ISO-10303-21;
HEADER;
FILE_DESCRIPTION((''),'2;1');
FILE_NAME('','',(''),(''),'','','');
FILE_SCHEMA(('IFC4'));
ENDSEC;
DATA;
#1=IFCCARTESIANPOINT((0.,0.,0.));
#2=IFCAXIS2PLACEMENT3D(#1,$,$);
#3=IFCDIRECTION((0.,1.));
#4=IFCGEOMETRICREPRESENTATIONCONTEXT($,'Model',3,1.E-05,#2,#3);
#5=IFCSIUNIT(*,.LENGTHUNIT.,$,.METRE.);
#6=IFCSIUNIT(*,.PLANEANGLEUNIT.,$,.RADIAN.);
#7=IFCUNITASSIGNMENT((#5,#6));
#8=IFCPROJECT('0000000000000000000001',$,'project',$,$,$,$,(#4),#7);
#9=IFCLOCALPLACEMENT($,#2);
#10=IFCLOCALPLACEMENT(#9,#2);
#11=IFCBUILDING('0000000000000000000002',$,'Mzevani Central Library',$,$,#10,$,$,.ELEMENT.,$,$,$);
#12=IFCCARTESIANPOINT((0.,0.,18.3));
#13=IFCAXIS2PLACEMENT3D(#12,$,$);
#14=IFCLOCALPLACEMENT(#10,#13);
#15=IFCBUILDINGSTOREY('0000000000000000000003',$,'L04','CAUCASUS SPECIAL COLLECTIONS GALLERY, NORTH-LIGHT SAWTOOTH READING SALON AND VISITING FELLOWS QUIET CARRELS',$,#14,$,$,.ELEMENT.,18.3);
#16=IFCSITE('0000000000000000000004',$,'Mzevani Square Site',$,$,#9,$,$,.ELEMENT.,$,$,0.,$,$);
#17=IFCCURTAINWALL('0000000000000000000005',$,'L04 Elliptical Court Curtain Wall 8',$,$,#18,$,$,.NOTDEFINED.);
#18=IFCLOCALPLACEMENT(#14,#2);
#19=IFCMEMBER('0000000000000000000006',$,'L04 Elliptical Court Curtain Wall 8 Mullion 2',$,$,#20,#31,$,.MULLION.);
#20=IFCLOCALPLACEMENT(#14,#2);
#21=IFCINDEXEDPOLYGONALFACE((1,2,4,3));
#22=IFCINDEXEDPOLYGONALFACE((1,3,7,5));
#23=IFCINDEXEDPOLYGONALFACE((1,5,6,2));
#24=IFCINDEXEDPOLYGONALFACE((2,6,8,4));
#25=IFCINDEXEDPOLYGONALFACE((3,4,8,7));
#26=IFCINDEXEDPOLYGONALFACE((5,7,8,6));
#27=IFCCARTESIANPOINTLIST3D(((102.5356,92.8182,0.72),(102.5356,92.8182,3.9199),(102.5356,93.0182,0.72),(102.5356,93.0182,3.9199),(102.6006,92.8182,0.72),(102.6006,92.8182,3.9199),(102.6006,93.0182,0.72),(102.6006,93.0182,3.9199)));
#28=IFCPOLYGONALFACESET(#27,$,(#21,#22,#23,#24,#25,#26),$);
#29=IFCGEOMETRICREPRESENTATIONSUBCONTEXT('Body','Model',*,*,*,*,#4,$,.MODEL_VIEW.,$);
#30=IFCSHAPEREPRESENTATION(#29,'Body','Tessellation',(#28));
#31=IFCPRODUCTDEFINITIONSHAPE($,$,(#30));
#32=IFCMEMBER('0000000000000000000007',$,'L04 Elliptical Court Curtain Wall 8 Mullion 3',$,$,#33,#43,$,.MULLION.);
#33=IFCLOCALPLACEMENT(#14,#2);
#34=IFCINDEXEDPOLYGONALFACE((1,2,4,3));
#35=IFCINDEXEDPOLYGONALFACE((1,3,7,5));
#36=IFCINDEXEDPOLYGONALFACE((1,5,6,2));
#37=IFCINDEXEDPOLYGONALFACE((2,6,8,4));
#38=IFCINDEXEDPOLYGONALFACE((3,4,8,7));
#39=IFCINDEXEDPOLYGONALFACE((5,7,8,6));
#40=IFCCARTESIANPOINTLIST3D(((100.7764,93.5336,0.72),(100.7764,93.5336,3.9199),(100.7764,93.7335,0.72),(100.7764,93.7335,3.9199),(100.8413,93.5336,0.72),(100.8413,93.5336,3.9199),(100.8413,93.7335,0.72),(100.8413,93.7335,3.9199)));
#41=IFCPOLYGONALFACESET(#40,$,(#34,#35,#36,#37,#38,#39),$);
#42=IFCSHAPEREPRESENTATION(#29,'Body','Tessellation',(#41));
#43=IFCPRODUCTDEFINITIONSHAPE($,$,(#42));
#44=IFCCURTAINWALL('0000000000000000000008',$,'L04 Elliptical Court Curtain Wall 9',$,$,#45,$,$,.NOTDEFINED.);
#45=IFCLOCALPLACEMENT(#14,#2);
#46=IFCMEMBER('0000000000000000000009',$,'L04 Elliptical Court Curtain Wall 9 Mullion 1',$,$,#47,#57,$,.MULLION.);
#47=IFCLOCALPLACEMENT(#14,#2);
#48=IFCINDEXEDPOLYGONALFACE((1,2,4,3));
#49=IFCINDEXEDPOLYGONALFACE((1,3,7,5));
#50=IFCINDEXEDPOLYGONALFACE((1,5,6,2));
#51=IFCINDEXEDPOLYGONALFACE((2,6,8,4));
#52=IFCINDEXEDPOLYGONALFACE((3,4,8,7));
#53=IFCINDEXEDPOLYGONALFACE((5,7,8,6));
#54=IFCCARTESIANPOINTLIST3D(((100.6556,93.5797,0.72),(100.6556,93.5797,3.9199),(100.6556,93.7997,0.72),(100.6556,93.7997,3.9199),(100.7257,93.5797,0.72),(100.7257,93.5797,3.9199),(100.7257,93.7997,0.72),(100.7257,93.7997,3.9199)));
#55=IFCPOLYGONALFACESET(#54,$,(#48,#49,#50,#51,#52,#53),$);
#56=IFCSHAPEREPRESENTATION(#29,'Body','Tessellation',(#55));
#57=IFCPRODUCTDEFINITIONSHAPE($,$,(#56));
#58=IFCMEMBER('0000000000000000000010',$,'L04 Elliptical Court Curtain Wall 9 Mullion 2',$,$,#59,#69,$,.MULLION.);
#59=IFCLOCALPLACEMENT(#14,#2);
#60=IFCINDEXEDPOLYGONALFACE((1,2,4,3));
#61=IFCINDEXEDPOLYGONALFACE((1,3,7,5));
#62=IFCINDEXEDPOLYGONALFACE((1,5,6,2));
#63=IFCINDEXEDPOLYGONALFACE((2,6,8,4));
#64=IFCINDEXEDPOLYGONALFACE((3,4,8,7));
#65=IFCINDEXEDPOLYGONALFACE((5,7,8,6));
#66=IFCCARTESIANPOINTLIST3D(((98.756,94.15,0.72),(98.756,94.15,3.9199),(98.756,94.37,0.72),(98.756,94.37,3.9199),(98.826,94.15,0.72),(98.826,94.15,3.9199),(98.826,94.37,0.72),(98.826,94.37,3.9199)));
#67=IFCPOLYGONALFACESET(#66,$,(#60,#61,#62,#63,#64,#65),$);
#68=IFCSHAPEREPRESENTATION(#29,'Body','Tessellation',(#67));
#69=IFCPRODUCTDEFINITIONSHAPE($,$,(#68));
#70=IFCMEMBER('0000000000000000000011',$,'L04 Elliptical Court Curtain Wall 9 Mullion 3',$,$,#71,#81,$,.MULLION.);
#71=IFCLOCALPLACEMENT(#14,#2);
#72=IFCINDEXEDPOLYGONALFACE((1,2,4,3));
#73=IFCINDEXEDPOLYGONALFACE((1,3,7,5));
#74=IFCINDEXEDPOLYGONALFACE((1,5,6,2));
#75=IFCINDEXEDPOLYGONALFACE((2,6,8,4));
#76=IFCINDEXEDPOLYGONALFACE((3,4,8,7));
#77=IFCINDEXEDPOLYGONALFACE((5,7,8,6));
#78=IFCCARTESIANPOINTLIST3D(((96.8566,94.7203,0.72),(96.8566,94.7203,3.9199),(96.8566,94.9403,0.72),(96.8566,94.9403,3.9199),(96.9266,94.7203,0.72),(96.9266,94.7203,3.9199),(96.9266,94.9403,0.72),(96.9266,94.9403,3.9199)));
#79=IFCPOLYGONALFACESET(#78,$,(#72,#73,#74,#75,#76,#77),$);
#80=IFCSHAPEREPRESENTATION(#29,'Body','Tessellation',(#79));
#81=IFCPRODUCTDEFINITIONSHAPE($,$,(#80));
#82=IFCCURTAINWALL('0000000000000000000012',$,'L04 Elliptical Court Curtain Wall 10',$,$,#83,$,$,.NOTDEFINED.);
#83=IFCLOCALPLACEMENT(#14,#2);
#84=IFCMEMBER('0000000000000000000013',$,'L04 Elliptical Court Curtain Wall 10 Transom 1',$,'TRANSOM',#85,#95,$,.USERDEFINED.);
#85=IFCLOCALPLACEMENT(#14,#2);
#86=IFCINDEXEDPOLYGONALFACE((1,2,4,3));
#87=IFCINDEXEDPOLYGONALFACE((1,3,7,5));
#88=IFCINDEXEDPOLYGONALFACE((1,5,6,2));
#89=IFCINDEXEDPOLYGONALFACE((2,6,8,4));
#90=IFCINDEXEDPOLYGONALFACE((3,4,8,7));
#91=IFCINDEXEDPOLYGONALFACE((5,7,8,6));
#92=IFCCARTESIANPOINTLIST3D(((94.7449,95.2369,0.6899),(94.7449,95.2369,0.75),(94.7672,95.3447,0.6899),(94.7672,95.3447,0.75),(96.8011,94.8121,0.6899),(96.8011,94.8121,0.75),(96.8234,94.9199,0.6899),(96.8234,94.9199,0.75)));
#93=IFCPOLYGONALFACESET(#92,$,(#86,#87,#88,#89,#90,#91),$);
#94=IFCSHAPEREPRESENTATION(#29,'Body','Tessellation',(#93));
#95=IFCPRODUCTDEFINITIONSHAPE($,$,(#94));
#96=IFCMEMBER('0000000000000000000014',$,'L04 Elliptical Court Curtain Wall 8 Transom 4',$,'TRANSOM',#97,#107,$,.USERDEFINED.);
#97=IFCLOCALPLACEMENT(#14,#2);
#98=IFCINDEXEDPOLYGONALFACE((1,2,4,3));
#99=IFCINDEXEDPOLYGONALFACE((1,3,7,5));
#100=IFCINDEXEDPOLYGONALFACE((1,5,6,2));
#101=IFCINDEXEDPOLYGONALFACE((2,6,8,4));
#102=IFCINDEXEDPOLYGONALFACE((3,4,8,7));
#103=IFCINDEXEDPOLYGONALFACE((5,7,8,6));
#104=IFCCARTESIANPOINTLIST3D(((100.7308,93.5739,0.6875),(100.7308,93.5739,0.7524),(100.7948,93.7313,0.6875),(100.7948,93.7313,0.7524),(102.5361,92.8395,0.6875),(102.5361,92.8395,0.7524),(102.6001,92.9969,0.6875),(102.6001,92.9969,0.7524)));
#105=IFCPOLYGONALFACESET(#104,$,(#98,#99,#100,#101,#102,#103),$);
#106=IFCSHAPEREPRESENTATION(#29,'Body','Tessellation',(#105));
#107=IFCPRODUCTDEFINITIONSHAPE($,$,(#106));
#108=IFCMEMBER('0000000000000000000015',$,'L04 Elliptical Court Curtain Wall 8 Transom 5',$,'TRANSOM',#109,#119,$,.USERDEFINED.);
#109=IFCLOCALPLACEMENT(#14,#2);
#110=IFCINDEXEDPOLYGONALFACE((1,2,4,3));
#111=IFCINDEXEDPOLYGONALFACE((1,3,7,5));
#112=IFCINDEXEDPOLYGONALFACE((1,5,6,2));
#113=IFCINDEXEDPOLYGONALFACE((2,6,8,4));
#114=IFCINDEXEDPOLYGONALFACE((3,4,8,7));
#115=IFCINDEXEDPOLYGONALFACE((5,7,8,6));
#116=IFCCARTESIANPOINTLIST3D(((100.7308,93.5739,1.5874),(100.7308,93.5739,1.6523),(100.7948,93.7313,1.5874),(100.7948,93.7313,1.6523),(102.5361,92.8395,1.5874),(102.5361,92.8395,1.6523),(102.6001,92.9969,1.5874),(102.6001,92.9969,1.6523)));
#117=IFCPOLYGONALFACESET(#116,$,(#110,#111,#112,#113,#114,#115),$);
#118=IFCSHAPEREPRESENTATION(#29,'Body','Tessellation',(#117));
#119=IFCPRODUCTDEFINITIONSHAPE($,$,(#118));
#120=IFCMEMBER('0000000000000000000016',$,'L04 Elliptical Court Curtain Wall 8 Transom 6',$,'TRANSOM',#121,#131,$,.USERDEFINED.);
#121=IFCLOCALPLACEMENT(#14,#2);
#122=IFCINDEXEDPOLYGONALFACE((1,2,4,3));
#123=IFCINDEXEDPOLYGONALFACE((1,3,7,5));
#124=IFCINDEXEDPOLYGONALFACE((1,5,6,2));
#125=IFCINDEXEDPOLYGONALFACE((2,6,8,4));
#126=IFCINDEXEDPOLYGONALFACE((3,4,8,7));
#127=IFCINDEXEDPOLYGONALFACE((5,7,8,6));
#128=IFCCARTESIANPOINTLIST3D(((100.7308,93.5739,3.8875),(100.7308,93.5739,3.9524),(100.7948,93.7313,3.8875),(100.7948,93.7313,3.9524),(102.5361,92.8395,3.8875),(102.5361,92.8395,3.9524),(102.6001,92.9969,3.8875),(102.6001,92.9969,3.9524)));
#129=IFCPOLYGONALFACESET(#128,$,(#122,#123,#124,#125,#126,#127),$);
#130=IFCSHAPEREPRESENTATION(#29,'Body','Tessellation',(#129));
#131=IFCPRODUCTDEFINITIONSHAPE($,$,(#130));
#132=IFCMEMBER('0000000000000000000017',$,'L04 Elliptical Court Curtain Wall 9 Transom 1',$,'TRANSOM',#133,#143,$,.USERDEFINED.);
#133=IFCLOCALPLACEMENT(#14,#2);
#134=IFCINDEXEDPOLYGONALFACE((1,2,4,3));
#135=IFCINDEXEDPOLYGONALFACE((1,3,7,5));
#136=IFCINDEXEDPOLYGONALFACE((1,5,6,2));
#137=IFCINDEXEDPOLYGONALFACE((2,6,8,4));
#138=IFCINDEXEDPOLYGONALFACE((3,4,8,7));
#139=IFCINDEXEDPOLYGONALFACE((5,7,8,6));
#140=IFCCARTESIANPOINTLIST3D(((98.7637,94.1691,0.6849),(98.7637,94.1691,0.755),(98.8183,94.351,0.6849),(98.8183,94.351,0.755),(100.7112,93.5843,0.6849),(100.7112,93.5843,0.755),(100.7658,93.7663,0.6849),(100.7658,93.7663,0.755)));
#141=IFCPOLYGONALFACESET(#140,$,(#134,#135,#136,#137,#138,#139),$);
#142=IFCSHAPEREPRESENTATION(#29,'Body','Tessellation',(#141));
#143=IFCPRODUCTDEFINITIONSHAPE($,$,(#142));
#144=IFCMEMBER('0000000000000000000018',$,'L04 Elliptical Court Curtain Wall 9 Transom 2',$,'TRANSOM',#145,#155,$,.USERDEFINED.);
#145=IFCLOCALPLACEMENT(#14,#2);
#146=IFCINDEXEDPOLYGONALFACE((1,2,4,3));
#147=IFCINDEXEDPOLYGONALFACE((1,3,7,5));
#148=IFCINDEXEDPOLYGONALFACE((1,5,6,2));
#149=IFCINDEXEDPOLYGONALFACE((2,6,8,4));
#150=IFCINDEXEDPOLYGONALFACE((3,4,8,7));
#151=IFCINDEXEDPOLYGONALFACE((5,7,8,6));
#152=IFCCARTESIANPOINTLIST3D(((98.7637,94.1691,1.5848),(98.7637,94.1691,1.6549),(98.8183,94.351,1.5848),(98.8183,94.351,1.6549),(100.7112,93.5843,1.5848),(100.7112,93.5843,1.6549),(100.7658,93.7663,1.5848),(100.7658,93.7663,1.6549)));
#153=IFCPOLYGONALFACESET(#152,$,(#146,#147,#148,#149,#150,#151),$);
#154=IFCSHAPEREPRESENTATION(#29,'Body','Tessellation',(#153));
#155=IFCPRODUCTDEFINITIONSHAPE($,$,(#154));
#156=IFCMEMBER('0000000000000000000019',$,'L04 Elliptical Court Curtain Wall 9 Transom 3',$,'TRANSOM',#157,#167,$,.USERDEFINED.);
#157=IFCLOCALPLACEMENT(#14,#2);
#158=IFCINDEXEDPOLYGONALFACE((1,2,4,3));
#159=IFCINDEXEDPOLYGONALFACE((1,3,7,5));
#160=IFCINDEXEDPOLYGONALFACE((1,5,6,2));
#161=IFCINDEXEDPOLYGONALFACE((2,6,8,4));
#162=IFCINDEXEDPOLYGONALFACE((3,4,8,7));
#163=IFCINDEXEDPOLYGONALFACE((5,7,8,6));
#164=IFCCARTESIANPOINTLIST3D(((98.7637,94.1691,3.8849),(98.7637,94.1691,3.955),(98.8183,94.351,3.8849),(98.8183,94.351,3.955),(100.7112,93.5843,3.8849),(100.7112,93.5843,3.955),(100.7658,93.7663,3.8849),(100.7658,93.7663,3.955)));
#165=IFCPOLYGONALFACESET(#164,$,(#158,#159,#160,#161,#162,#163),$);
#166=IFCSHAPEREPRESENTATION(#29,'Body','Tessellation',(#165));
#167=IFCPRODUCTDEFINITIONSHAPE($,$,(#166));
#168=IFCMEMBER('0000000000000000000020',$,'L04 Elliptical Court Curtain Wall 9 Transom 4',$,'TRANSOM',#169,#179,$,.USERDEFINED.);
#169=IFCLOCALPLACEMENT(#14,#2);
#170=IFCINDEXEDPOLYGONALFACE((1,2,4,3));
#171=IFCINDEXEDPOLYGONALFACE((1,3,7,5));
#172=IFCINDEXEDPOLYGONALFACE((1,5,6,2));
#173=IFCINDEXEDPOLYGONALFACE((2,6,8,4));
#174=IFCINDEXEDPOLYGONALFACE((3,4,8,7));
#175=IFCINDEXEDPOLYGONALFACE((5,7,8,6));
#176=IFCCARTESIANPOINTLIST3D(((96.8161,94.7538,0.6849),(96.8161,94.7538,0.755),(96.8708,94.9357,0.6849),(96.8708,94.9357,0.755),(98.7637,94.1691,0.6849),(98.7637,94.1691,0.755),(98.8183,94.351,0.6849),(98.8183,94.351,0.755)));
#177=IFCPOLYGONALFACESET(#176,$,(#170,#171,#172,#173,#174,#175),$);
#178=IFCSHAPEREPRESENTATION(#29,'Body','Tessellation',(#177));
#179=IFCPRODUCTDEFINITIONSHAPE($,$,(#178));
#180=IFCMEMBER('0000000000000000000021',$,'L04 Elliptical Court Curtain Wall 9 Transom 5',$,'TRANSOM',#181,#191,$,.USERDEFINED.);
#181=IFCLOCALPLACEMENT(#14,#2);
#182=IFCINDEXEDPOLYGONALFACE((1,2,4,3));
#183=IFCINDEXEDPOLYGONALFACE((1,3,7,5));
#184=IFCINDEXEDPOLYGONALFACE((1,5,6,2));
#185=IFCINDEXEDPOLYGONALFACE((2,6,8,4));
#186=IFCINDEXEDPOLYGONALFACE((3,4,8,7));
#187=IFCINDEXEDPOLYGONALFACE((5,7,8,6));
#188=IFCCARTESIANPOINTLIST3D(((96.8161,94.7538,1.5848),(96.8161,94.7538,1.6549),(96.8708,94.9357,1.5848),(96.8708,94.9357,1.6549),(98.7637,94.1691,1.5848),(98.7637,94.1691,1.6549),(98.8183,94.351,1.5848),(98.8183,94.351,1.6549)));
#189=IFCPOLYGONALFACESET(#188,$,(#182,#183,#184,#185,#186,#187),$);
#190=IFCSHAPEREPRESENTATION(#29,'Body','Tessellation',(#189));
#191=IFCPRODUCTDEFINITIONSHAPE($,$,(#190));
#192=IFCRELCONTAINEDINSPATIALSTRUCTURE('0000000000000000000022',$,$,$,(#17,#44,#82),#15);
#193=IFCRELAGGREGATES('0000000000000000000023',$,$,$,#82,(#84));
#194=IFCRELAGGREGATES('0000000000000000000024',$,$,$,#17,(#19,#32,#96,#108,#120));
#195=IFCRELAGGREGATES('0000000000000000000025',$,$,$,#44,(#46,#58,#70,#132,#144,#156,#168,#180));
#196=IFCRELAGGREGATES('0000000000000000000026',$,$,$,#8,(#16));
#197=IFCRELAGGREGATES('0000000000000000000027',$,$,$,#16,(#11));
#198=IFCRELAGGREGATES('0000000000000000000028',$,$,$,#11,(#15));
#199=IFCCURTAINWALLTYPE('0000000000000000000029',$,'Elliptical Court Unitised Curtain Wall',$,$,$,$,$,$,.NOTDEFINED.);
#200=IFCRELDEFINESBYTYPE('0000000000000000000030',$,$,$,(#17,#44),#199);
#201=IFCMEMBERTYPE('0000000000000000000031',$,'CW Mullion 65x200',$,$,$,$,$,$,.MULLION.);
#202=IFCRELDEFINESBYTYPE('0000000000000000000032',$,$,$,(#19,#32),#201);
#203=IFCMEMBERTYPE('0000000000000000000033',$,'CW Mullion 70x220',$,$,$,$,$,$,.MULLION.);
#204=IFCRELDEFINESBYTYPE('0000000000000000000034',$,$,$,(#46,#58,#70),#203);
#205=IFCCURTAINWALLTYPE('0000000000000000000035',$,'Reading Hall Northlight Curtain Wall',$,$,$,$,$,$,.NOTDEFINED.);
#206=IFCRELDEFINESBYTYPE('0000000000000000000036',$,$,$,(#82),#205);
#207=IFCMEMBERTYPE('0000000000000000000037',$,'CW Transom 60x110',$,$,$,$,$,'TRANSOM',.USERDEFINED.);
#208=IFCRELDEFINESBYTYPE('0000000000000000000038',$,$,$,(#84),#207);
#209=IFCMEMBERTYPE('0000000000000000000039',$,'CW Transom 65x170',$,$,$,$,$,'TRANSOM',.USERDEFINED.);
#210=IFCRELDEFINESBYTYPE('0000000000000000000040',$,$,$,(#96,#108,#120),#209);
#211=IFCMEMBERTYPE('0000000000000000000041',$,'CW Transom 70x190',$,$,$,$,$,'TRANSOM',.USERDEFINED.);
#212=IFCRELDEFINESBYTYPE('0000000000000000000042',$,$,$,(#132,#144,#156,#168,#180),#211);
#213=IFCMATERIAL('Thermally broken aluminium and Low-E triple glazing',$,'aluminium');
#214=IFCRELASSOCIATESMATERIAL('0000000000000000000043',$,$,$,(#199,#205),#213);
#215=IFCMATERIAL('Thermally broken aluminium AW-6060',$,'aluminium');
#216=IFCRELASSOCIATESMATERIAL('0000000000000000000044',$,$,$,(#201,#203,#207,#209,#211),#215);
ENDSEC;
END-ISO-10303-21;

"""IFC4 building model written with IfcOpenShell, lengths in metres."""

from ifc_helpers import new_model, si_unit, direction, frame, origin, origin_2d, place, context, subcontext, project, spatial, rectangle, extrude, material, material_profile, profile_set, type_object, element, aggregate, save


model = new_model("IFC4")

# Units and contexts
model_context = context("Model", 3, precision=1e-05, world=origin(), true_north=direction((0.0, 1.0)))
body_context = subcontext(model_context, "Body", "Model", "MODEL_VIEW")
ifc_project = project(units=[si_unit("LENGTHUNIT", "METRE"), si_unit("PLANEANGLEUNIT", "RADIAN")], contexts=[model_context])

# Site, building, storey
site_placement = place(None, origin())
site = spatial("IfcSite", under=ifc_project, at=site_placement, Name="Mzevani Square Site", CompositionType="ELEMENT", RefElevation=0.0)
building_placement = place(site_placement, origin())
building = spatial("IfcBuilding", under=site, at=building_placement, Name="Mzevani Central Library", CompositionType="ELEMENT")
storey_placement = place(building_placement, frame((0.0, 0.0, 18.3)))
storey = spatial("IfcBuildingStorey", under=building, at=storey_placement, Name="L04", Description="CAUCASUS SPECIAL COLLECTIONS GALLERY, NORTH-LIGHT SAWTOOTH READING SALON AND VISITING FELLOWS QUIET CARRELS", CompositionType="ELEMENT", Elevation=18.3)

# Curtain walls, members
ifc_material_1 = material(Name="Thermally broken aluminium and Low-E triple glazing", Category="aluminium")
curtain_wall_type_1 = type_object("IfcCurtainWallType", Name="Elliptical Court Unitised Curtain Wall", PredefinedType="NOTDEFINED", material=ifc_material_1)
curtain_wall_1_placement = place(storey_placement, origin())
curtain_wall_1 = element("IfcCurtainWall", 1, at=curtain_wall_1_placement, inside=storey, type_object=curtain_wall_type_1, Name="L04 Elliptical Court Curtain Wall 8", PredefinedType="NOTDEFINED")
ifc_material_2 = material(Name="Thermally broken aluminium AW-6060", Category="aluminium")
ifc_material_profile_1 = material_profile(ifc_material_2, rectangle(XDim=0.0649, YDim=0.2, at=origin_2d()), Name="ALU M65x200")
ifc_profile_set_1 = profile_set([ifc_material_profile_1], Name="Thermally broken aluminium AW-6060")
member_type_1 = type_object("IfcMemberType", Name="CW Mullion 65x200", PredefinedType="MULLION", material=ifc_profile_set_1)
member_1_placement = place(storey_placement, frame((102.5681, 92.9182, 0.72), z_axis=(0.0, 0.0, 1.0), x_axis=(1.0, 0.0, 0.0)))
member_1 = element("IfcMember", 2, at=member_1_placement, type_object=member_type_1, Name="L04 Elliptical Court Curtain Wall 8 Mullion 2", PredefinedType="MULLION", context=body_context, shape_type="SweptSolid", body=[
    extrude(rectangle(XDim=0.0649, YDim=0.2, at=origin_2d()), origin(), (0.0, 0.0, 1.0), 3.2),
])
member_2_placement = place(storey_placement, frame((100.8088, 93.6335, 0.72), z_axis=(0.0, 0.0, 1.0), x_axis=(1.0, 0.0, 0.0)))
member_2 = element("IfcMember", 3, at=member_2_placement, type_object=member_type_1, Name="L04 Elliptical Court Curtain Wall 8 Mullion 3", PredefinedType="MULLION", context=body_context, shape_type="SweptSolid", body=[
    extrude(rectangle(XDim=0.0649, YDim=0.2, at=origin_2d()), origin(), (0.0, 0.0, 1.0), 3.2),
])
curtain_wall_2_placement = place(storey_placement, origin())
curtain_wall_2 = element("IfcCurtainWall", 4, at=curtain_wall_2_placement, inside=storey, type_object=curtain_wall_type_1, Name="L04 Elliptical Court Curtain Wall 9", PredefinedType="NOTDEFINED")
ifc_material_profile_2 = material_profile(ifc_material_2, rectangle(XDim=0.0701, YDim=0.22, at=origin_2d()), Name="ALU M70x220")
ifc_profile_set_2 = profile_set([ifc_material_profile_2], Name="Thermally broken aluminium AW-6060")
member_type_2 = type_object("IfcMemberType", Name="CW Mullion 70x220", PredefinedType="MULLION", material=ifc_profile_set_2)
member_3_placement = place(storey_placement, frame((100.6907, 93.6897, 0.72), z_axis=(0.0, 0.0, 1.0), x_axis=(1.0, 0.0, 0.0)))
member_3 = element("IfcMember", 5, at=member_3_placement, type_object=member_type_2, Name="L04 Elliptical Court Curtain Wall 9 Mullion 1", PredefinedType="MULLION", context=body_context, shape_type="SweptSolid", body=[
    extrude(rectangle(XDim=0.0701, YDim=0.22, at=origin_2d()), origin(), (0.0, 0.0, 1.0), 3.2),
])
member_4_placement = place(storey_placement, frame((98.791, 94.26, 0.72), z_axis=(0.0, 0.0, 1.0), x_axis=(1.0, 0.0, 0.0)))
member_4 = element("IfcMember", 6, at=member_4_placement, type_object=member_type_2, Name="L04 Elliptical Court Curtain Wall 9 Mullion 2", PredefinedType="MULLION", context=body_context, shape_type="SweptSolid", body=[
    extrude(rectangle(XDim=0.0701, YDim=0.22, at=origin_2d()), origin(), (0.0, 0.0, 1.0), 3.2),
])
member_5_placement = place(storey_placement, frame((96.8916, 94.8303, 0.72), z_axis=(0.0, 0.0, 1.0), x_axis=(1.0, 0.0, 0.0)))
member_5 = element("IfcMember", 7, at=member_5_placement, type_object=member_type_2, Name="L04 Elliptical Court Curtain Wall 9 Mullion 3", PredefinedType="MULLION", context=body_context, shape_type="SweptSolid", body=[
    extrude(rectangle(XDim=0.0701, YDim=0.22, at=origin_2d()), origin(), (0.0, 0.0, 1.0), 3.2),
])

# Curtain wall, member
curtain_wall_type_2 = type_object("IfcCurtainWallType", Name="Reading Hall Northlight Curtain Wall", PredefinedType="NOTDEFINED", material=ifc_material_1)
curtain_wall_3_placement = place(storey_placement, origin())
curtain_wall_3 = element("IfcCurtainWall", 8, at=curtain_wall_3_placement, inside=storey, type_object=curtain_wall_type_2, Name="L04 Elliptical Court Curtain Wall 10", PredefinedType="NOTDEFINED")
ifc_material_profile_3 = material_profile(ifc_material_2, rectangle(XDim=0.1101, YDim=0.0601, at=origin_2d()), Name="ALU T60x110")
ifc_profile_set_3 = profile_set([ifc_material_profile_3], Name="Thermally broken aluminium AW-6060")
member_type_3 = type_object("IfcMemberType", Name="CW Transom 60x110", ElementType="TRANSOM", PredefinedType="USERDEFINED", material=ifc_profile_set_3)
member_6_placement = place(storey_placement, frame((96.8123, 94.866, 0.72), z_axis=(-0.979318, 0.202329, 0.0), x_axis=(-0.202329, -0.979318, 0.0)))
member_6 = element("IfcMember", 9, at=member_6_placement, type_object=member_type_3, Name="L04 Elliptical Court Curtain Wall 10 Transom 1", ObjectType="TRANSOM", PredefinedType="USERDEFINED", context=body_context, shape_type="SweptSolid", body=[
    extrude(rectangle(XDim=0.1101, YDim=0.0601, at=origin_2d()), origin(), (0.0, 0.0, 1.0), 2.0996),
])
aggregate(curtain_wall_3, [member_6])

# Members
ifc_material_profile_4 = material_profile(ifc_material_2, rectangle(XDim=0.1699, YDim=0.0649, at=origin_2d()), Name="ALU T65x170")
ifc_profile_set_4 = profile_set([ifc_material_profile_4], Name="Thermally broken aluminium AW-6060")
member_type_4 = type_object("IfcMemberType", Name="CW Transom 65x170", ElementType="TRANSOM", PredefinedType="USERDEFINED", material=ifc_profile_set_4)
member_7_placement = place(storey_placement, frame((102.5681, 92.9182, 0.72), z_axis=(-0.926301, 0.376784, 0.0), x_axis=(-0.376784, -0.926301, 0.0)))
member_7 = element("IfcMember", 10, at=member_7_placement, type_object=member_type_4, Name="L04 Elliptical Court Curtain Wall 8 Transom 4", ObjectType="TRANSOM", PredefinedType="USERDEFINED", context=body_context, shape_type="SweptSolid", body=[
    extrude(rectangle(XDim=0.1699, YDim=0.0649, at=origin_2d()), origin(), (0.0, 0.0, 1.0), 1.949),
])
member_8_placement = place(storey_placement, frame((102.5681, 92.9182, 1.6199), z_axis=(-0.926301, 0.376784, 0.0), x_axis=(-0.376784, -0.926301, 0.0)))
member_8 = element("IfcMember", 11, at=member_8_placement, type_object=member_type_4, Name="L04 Elliptical Court Curtain Wall 8 Transom 5", ObjectType="TRANSOM", PredefinedType="USERDEFINED", context=body_context, shape_type="SweptSolid", body=[
    extrude(rectangle(XDim=0.1699, YDim=0.0649, at=origin_2d()), origin(), (0.0, 0.0, 1.0), 1.949),
])
member_9_placement = place(storey_placement, frame((102.5681, 92.9182, 3.9199), z_axis=(-0.926301, 0.376784, 0.0), x_axis=(-0.376784, -0.926301, 0.0)))
member_9 = element("IfcMember", 12, at=member_9_placement, type_object=member_type_4, Name="L04 Elliptical Court Curtain Wall 8 Transom 6", ObjectType="TRANSOM", PredefinedType="USERDEFINED", context=body_context, shape_type="SweptSolid", body=[
    extrude(rectangle(XDim=0.1699, YDim=0.0649, at=origin_2d()), origin(), (0.0, 0.0, 1.0), 1.949),
])
ifc_material_profile_5 = material_profile(ifc_material_2, rectangle(XDim=0.1899, YDim=0.0701, at=origin_2d()), Name="ALU T70x190")
ifc_profile_set_5 = profile_set([ifc_material_profile_5], Name="Thermally broken aluminium AW-6060")
member_type_5 = type_object("IfcMemberType", Name="CW Transom 70x190", ElementType="TRANSOM", PredefinedType="USERDEFINED", material=ifc_profile_set_5)
member_10_placement = place(storey_placement, frame((100.7385, 93.6753, 0.72), z_axis=(-0.957763, 0.287557, 0.0), x_axis=(-0.287557, -0.957763, 0.0)))
member_10 = element("IfcMember", 13, at=member_10_placement, type_object=member_type_5, Name="L04 Elliptical Court Curtain Wall 9 Transom 1", ObjectType="TRANSOM", PredefinedType="USERDEFINED", context=body_context, shape_type="SweptSolid", body=[
    extrude(rectangle(XDim=0.1899, YDim=0.0701, at=origin_2d()), origin(), (0.0, 0.0, 1.0), 2.0334),
])
member_11_placement = place(storey_placement, frame((100.7385, 93.6753, 1.6199), z_axis=(-0.957763, 0.287557, 0.0), x_axis=(-0.287557, -0.957763, 0.0)))
member_11 = element("IfcMember", 14, at=member_11_placement, type_object=member_type_5, Name="L04 Elliptical Court Curtain Wall 9 Transom 2", ObjectType="TRANSOM", PredefinedType="USERDEFINED", context=body_context, shape_type="SweptSolid", body=[
    extrude(rectangle(XDim=0.1899, YDim=0.0701, at=origin_2d()), origin(), (0.0, 0.0, 1.0), 2.0334),
])
member_12_placement = place(storey_placement, frame((100.7385, 93.6753, 3.9199), z_axis=(-0.957763, 0.287557, 0.0), x_axis=(-0.287557, -0.957763, 0.0)))
member_12 = element("IfcMember", 15, at=member_12_placement, type_object=member_type_5, Name="L04 Elliptical Court Curtain Wall 9 Transom 3", ObjectType="TRANSOM", PredefinedType="USERDEFINED", context=body_context, shape_type="SweptSolid", body=[
    extrude(rectangle(XDim=0.1899, YDim=0.0701, at=origin_2d()), origin(), (0.0, 0.0, 1.0), 2.0334),
])
member_13_placement = place(storey_placement, frame((98.791, 94.26, 0.72), z_axis=(-0.957763, 0.287557, 0.0), x_axis=(-0.287557, -0.957763, 0.0)))
member_13 = element("IfcMember", 16, at=member_13_placement, type_object=member_type_5, Name="L04 Elliptical Court Curtain Wall 9 Transom 4", ObjectType="TRANSOM", PredefinedType="USERDEFINED", context=body_context, shape_type="SweptSolid", body=[
    extrude(rectangle(XDim=0.1899, YDim=0.0701, at=origin_2d()), origin(), (0.0, 0.0, 1.0), 2.0334),
])
member_14_placement = place(storey_placement, frame((98.791, 94.26, 1.6199), z_axis=(-0.957763, 0.287557, 0.0), x_axis=(-0.287557, -0.957763, 0.0)))
member_14 = element("IfcMember", 17, at=member_14_placement, type_object=member_type_5, Name="L04 Elliptical Court Curtain Wall 9 Transom 5", ObjectType="TRANSOM", PredefinedType="USERDEFINED", context=body_context, shape_type="SweptSolid", body=[
    extrude(rectangle(XDim=0.1899, YDim=0.0701, at=origin_2d()), origin(), (0.0, 0.0, 1.0), 2.0334),
])

aggregate(curtain_wall_1, [member_1, member_2, member_7, member_8, member_9])
aggregate(curtain_wall_2, [member_3, member_4, member_5, member_10, member_11, member_12, member_13, member_14])

save(model, "model.ifc")
